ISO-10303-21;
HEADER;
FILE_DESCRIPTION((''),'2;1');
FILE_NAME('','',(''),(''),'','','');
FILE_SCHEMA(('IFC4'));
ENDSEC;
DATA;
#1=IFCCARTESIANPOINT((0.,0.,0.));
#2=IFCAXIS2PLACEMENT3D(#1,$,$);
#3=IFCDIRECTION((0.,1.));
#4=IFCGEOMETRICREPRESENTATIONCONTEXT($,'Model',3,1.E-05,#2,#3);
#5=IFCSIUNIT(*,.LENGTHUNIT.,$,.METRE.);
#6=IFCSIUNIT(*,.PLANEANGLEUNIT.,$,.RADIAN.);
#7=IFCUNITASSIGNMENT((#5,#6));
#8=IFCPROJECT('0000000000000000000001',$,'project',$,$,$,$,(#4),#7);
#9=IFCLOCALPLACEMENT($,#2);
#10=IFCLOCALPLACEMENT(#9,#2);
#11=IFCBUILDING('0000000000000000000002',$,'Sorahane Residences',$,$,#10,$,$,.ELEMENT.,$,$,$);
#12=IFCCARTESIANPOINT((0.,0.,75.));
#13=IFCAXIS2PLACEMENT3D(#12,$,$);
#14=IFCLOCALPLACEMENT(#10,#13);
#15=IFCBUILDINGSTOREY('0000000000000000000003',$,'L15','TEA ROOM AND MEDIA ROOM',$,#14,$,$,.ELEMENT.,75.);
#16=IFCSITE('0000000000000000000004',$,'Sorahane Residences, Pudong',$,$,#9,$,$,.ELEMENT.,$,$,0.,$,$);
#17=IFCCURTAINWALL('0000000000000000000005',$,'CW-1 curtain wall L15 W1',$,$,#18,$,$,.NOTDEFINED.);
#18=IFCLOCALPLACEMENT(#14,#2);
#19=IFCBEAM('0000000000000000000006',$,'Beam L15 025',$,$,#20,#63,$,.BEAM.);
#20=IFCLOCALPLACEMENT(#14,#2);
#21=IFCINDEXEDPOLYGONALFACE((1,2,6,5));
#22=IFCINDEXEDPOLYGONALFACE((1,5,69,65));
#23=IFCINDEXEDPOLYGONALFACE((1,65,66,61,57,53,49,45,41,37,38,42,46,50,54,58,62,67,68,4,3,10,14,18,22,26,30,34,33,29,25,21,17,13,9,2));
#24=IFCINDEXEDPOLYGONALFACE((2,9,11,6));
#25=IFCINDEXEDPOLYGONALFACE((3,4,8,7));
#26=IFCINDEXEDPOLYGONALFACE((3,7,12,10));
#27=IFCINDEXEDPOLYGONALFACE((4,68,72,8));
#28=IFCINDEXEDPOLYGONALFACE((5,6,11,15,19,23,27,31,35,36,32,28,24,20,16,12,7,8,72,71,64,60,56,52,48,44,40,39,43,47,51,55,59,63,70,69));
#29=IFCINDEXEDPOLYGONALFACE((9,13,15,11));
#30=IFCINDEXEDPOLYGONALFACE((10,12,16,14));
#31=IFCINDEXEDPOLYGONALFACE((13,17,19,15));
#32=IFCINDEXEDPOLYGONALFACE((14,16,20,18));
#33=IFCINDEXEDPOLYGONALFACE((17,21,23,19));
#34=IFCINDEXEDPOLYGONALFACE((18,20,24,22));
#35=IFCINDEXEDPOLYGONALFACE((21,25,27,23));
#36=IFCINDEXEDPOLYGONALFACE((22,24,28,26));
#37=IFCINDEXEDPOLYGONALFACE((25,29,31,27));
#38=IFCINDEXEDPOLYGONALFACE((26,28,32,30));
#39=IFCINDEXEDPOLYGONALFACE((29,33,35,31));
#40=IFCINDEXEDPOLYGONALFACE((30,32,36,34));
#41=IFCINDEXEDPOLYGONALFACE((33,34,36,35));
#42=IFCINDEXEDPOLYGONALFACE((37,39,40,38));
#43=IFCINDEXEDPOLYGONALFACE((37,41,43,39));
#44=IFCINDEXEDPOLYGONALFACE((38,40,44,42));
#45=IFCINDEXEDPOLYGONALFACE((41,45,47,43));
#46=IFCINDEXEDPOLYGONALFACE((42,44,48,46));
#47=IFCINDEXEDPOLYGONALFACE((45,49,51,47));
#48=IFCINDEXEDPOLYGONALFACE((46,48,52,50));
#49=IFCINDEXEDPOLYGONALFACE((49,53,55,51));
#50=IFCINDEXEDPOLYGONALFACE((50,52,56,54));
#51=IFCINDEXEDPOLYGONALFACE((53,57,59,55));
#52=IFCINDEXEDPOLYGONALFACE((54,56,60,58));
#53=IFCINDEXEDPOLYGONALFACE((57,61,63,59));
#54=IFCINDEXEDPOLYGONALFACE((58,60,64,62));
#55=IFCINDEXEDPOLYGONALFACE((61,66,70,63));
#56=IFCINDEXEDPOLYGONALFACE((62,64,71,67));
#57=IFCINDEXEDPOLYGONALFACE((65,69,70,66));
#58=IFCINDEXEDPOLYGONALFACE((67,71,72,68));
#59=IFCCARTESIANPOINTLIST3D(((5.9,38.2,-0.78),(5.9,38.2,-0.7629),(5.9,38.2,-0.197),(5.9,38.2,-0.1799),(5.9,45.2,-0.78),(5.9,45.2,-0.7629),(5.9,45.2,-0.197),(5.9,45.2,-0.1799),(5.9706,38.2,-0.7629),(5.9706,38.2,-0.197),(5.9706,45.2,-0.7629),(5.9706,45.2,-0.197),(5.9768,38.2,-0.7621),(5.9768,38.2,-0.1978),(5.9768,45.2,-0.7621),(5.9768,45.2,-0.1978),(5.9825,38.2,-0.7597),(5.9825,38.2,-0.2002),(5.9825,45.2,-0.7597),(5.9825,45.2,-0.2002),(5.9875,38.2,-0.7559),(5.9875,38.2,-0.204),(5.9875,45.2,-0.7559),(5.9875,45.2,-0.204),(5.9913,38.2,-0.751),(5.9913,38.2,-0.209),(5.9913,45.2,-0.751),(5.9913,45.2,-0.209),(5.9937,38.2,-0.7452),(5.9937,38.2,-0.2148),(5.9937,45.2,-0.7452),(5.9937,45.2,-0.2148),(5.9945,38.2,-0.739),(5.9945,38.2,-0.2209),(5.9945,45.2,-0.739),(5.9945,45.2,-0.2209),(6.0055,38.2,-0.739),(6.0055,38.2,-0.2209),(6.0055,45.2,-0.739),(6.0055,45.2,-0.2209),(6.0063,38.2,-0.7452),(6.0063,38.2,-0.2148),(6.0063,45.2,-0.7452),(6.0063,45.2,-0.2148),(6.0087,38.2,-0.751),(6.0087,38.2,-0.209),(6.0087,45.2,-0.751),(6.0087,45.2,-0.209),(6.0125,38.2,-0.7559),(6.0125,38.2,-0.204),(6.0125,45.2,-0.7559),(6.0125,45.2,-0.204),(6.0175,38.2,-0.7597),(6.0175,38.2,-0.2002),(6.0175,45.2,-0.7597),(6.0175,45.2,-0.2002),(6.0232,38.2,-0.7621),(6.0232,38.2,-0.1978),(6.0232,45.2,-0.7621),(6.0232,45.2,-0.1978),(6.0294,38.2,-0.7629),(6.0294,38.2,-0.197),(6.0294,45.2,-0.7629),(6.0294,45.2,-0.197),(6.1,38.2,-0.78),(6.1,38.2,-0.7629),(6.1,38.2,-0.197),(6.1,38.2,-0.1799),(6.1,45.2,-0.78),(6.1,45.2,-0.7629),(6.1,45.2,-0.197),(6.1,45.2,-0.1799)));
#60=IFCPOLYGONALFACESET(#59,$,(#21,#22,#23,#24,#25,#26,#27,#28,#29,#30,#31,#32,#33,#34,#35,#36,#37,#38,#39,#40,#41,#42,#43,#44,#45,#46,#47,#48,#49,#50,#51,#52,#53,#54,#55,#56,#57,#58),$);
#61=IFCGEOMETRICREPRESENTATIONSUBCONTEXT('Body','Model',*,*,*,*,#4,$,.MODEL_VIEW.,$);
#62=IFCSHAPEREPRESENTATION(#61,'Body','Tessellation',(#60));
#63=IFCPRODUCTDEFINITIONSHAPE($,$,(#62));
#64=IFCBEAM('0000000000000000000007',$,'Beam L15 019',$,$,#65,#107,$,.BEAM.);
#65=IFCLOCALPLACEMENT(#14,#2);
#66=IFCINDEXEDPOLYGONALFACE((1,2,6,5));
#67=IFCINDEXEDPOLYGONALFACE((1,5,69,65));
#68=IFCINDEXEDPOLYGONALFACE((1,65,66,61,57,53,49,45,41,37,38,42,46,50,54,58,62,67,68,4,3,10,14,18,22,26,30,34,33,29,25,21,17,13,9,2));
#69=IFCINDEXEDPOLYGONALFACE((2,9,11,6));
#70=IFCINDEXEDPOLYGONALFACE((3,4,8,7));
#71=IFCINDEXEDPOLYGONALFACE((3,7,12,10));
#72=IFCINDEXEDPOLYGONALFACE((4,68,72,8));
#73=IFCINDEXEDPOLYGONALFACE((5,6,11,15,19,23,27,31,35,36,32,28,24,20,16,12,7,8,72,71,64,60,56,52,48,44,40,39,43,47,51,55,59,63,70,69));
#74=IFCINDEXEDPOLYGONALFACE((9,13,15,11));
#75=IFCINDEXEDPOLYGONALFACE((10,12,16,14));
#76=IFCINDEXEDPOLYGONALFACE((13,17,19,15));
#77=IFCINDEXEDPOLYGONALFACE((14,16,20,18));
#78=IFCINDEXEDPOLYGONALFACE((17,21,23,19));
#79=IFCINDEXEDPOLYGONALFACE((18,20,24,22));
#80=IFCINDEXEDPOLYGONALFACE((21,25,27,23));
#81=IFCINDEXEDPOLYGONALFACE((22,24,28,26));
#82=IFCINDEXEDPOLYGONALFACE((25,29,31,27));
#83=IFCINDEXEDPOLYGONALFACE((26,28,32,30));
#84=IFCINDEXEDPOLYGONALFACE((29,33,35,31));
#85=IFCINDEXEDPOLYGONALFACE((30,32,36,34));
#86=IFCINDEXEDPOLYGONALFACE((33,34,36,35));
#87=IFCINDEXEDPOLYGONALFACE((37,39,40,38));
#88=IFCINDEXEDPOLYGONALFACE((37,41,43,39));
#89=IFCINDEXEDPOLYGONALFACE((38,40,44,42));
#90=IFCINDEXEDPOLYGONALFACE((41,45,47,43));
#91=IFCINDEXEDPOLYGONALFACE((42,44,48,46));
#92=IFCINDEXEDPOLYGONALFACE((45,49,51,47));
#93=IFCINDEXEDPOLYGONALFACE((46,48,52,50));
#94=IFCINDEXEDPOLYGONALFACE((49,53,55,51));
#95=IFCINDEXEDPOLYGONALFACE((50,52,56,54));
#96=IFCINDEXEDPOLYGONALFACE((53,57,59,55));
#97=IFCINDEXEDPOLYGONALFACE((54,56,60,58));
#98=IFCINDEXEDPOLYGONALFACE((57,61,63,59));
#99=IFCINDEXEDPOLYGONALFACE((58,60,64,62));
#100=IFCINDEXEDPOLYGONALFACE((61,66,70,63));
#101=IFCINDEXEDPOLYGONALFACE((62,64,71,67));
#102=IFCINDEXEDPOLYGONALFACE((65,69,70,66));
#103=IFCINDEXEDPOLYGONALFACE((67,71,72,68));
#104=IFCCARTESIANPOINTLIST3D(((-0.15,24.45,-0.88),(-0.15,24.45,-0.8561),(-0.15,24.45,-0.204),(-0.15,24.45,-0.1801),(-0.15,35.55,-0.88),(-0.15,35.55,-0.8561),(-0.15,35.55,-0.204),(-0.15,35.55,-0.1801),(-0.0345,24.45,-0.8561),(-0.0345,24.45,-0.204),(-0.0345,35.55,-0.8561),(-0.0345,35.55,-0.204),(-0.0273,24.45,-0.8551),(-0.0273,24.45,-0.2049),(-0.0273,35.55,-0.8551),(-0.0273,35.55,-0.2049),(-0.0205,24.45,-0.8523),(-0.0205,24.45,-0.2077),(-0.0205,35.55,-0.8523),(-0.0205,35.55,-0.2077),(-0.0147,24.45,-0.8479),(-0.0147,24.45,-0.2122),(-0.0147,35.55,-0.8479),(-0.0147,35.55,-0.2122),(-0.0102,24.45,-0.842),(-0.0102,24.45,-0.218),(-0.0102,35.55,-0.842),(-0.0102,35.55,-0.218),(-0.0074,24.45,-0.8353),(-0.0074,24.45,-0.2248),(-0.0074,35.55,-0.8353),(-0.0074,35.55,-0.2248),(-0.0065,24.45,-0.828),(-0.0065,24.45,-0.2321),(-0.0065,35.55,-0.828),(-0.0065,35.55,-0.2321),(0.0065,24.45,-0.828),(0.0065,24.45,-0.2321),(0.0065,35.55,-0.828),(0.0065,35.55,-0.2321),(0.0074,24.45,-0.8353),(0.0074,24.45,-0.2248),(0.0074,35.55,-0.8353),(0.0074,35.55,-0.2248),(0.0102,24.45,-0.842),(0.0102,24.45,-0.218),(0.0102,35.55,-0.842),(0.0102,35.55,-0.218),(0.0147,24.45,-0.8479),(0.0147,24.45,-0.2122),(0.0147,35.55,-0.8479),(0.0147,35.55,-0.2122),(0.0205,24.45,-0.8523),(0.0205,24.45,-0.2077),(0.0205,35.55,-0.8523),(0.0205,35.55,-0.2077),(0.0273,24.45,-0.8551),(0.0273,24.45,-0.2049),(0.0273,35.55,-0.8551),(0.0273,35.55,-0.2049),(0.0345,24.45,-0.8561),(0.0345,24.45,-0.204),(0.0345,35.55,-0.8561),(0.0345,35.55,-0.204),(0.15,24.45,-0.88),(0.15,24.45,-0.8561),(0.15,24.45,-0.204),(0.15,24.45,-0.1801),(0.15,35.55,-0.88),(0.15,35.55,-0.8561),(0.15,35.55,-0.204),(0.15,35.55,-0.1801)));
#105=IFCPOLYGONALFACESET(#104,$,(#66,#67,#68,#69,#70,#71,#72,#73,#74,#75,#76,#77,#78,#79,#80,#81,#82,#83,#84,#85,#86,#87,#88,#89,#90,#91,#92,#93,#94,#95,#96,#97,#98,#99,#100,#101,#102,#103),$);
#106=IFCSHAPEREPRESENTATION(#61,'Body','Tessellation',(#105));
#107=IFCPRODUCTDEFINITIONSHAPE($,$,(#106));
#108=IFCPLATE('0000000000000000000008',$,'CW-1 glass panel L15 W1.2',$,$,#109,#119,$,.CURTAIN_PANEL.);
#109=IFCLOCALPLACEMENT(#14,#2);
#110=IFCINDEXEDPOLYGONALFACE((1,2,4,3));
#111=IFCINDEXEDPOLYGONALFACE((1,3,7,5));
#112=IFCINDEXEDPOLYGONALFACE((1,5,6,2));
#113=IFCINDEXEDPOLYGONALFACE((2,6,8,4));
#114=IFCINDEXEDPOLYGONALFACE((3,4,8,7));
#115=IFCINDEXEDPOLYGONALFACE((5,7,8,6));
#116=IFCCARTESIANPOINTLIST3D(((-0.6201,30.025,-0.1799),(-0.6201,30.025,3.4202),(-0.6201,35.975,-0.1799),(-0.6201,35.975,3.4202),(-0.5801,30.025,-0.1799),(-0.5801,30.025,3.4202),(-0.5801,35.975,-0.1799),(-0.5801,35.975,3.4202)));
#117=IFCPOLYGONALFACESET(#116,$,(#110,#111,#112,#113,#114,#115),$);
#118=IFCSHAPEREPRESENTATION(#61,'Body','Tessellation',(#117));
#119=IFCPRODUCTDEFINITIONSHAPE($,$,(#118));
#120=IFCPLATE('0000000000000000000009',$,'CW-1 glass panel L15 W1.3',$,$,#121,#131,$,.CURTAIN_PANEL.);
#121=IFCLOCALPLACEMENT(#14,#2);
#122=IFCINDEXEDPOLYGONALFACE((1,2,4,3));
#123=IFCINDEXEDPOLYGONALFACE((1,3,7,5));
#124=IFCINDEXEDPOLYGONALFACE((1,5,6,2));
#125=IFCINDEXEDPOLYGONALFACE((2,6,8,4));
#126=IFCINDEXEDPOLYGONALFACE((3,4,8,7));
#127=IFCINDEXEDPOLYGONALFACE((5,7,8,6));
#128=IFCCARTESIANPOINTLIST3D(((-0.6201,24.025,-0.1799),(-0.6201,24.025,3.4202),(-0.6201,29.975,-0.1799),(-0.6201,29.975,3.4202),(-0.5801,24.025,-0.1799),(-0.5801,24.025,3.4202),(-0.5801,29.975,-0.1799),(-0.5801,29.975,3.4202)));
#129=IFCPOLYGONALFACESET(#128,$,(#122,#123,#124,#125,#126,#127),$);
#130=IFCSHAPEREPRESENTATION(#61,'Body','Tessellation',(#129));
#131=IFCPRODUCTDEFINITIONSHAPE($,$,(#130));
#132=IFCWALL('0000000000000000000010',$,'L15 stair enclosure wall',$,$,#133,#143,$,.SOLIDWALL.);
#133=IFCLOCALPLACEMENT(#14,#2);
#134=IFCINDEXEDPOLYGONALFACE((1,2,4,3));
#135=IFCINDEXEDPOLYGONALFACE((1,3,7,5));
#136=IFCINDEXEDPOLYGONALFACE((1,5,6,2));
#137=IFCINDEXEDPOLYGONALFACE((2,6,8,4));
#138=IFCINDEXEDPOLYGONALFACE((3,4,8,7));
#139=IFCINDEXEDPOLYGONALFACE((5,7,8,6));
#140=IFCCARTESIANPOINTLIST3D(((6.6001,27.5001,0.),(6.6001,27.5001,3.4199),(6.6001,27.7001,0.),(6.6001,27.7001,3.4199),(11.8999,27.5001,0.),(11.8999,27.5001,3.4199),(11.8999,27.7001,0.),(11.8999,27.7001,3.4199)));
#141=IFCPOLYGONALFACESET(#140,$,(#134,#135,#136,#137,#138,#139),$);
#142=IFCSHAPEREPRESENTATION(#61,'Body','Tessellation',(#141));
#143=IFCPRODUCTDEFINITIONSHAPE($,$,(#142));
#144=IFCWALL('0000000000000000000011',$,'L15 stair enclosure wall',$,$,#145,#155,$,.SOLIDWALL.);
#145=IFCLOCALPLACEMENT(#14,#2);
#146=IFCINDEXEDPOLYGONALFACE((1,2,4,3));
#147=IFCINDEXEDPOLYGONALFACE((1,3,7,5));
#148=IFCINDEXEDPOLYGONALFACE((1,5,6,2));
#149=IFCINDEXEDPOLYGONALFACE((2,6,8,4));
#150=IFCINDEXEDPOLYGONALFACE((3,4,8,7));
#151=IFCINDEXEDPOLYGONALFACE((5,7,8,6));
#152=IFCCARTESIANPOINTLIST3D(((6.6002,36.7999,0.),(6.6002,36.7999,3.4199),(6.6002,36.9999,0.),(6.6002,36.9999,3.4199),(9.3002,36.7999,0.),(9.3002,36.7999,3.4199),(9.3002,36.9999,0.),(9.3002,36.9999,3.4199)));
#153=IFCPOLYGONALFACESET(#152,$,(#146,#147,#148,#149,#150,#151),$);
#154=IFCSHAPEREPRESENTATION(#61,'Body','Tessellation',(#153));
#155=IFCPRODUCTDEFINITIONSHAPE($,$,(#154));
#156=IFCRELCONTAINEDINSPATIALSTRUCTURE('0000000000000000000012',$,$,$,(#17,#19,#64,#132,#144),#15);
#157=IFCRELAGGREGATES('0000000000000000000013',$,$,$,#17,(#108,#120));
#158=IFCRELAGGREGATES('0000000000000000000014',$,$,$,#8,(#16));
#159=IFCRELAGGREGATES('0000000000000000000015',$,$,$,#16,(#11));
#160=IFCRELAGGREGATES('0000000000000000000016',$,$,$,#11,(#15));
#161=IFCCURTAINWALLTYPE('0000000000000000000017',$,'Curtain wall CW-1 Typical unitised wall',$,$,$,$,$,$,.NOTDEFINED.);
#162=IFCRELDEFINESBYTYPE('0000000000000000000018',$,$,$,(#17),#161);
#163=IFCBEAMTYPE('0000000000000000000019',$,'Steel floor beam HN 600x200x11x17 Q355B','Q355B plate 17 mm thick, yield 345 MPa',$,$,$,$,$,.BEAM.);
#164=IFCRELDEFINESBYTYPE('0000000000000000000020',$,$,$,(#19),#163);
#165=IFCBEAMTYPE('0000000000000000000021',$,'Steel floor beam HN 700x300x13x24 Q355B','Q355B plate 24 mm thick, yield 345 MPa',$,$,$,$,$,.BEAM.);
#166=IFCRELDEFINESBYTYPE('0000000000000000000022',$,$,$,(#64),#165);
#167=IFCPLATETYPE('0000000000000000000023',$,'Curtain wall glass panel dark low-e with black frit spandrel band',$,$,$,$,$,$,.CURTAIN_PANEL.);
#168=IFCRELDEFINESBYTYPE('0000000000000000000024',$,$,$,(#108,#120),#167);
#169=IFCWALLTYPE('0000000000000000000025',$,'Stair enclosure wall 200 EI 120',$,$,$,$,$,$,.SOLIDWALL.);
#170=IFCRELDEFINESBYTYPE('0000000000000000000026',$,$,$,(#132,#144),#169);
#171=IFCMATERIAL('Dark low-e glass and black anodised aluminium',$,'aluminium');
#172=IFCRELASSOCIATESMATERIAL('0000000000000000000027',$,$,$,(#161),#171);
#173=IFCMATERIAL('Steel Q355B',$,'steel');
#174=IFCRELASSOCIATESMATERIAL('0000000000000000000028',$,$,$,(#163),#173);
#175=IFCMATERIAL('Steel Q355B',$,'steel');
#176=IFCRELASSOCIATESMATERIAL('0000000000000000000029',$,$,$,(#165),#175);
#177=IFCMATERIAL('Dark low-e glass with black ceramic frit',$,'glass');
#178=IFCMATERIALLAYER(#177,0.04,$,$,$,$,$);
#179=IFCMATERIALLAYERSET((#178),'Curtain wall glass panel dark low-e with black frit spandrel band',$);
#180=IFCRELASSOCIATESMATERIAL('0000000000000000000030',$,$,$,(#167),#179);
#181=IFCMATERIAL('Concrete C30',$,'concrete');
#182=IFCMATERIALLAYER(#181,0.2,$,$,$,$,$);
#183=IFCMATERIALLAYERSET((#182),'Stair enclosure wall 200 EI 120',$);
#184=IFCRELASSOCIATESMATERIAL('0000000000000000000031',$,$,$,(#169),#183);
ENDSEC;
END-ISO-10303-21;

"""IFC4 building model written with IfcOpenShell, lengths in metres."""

from ifc_helpers import new_model, si_unit, direction, frame, frame_2d, origin, origin_2d, place, context, subcontext, project, spatial, rectangle, i_section, extrude, material, layer, layer_set, material_profile, profile_set, type_object, element, aggregate, save


model = new_model("IFC4")

# Units and contexts
model_context = context("Model", 3, precision=1e-05, world=origin(), true_north=direction((0.0, 1.0)))
body_context = subcontext(model_context, "Body", "Model", "MODEL_VIEW")
ifc_project = project(units=[si_unit("LENGTHUNIT", "METRE"), si_unit("PLANEANGLEUNIT", "RADIAN")], contexts=[model_context])

# Site, building, storey
site_placement = place(None, origin())
site = spatial("IfcSite", under=ifc_project, at=site_placement, Name="Sorahane Residences, Pudong", CompositionType="ELEMENT", RefElevation=0.0)
building_placement = place(site_placement, origin())
building = spatial("IfcBuilding", under=site, at=building_placement, Name="Sorahane Residences", CompositionType="ELEMENT")
storey_placement = place(building_placement, frame((0.0, 0.0, 75.0)))
storey = spatial("IfcBuildingStorey", under=building, at=storey_placement, Name="L15", Description="TEA ROOM AND MEDIA ROOM", CompositionType="ELEMENT", Elevation=75.0)

# Curtain wall
ifc_material_1 = material(Name="Dark low-e glass and black anodised aluminium", Category="aluminium")
curtain_wall_type = type_object("IfcCurtainWallType", Name="Curtain wall CW-1 Typical unitised wall", PredefinedType="NOTDEFINED", material=ifc_material_1)
curtain_wall_placement = place(storey_placement, origin())
curtain_wall = element("IfcCurtainWall", 1, at=curtain_wall_placement, inside=storey, type_object=curtain_wall_type, Name="CW-1 curtain wall L15 W1", PredefinedType="NOTDEFINED")

# Beams
ifc_material_2 = material(Name="Steel Q355B", Category="steel")
ifc_material_profile_1 = material_profile(ifc_material_2, i_section(OverallWidth=0.2, OverallDepth=0.6001, WebThickness=0.011, FlangeThickness=0.0171, FilletRadius=0.0239, at=origin_2d()), Name="HN 600x200x11x17")
ifc_profile_set_1 = profile_set([ifc_material_profile_1], Name="Steel Q355B")
beam_type_1 = type_object("IfcBeamType", Name="Steel floor beam HN 600x200x11x17 Q355B", Description="Q355B plate 17 mm thick, yield 345 MPa", PredefinedType="BEAM", material=ifc_profile_set_1)
for number, where, z_axis, x_axis, name in (
    (2, (6.0, 38.2, -0.48), (0.0, 1.0, 0.0), (-1.0, 0.0, 0.0), "Beam L15 025"),
):
    element("IfcBeam", number, at=place(storey_placement, frame(where, z_axis=z_axis, x_axis=x_axis)), inside=storey, type_object=beam_type_1, Name=name, PredefinedType="BEAM", context=body_context, shape_type="SweptSolid", body=[
        extrude(i_section(OverallWidth=0.2, OverallDepth=0.6001, WebThickness=0.011, FlangeThickness=0.0171, FilletRadius=0.0239, at=origin_2d()), origin(), (0.0, 0.0, 1.0), 7.0),
    ])
ifc_material_3 = material(Name="Steel Q355B", Category="steel")
ifc_material_profile_2 = material_profile(ifc_material_3, i_section(OverallWidth=0.3, OverallDepth=0.7, WebThickness=0.0129, FlangeThickness=0.0239, FilletRadius=0.0281, at=origin_2d()), Name="HN 700x300x13x24")
ifc_profile_set_2 = profile_set([ifc_material_profile_2], Name="Steel Q355B")
beam_type_2 = type_object("IfcBeamType", Name="Steel floor beam HN 700x300x13x24 Q355B", Description="Q355B plate 24 mm thick, yield 345 MPa", PredefinedType="BEAM", material=ifc_profile_set_2)
beam_1_placement = place(storey_placement, frame((0.0, 24.45, -0.53), z_axis=(0.0, 1.0, 0.0), x_axis=(-1.0, 0.0, 0.0)))
element("IfcBeam", 3, at=beam_1_placement, inside=storey, type_object=beam_type_2, Name="Beam L15 019", PredefinedType="BEAM", context=body_context, shape_type="SweptSolid", body=[
    extrude(i_section(OverallWidth=0.3, OverallDepth=0.7, WebThickness=0.0129, FlangeThickness=0.0239, FilletRadius=0.0281, at=origin_2d()), origin(), (0.0, 0.0, 1.0), 11.1001),
])

# Plates
ifc_material_4 = material(Name="Dark low-e glass with black ceramic frit", Category="glass")
ifc_layer_1 = layer(ifc_material_4, 0.04)
ifc_layer_set_1 = layer_set([ifc_layer_1], Name="Curtain wall glass panel dark low-e with black frit spandrel band")
plate_type = type_object("IfcPlateType", Name="Curtain wall glass panel dark low-e with black frit spandrel band", PredefinedType="CURTAIN_PANEL", material=ifc_layer_set_1)
plate_1_placement = place(storey_placement, frame((-0.6001, 33.0, -0.1799), z_axis=(0.0, 0.0, 1.0), x_axis=(0.0, -1.0, 0.0)))
plate_1 = element("IfcPlate", 4, at=plate_1_placement, type_object=plate_type, Name="CW-1 glass panel L15 W1.2", PredefinedType="CURTAIN_PANEL", context=body_context, shape_type="SweptSolid", body=[
    extrude(rectangle(XDim=5.95, YDim=0.04, at=origin_2d()), origin(), (0.0, 0.0, 1.0), 3.6001),
])
plate_2_placement = place(storey_placement, frame((-0.6001, 27.0, -0.1799), z_axis=(0.0, 0.0, 1.0), x_axis=(0.0, -1.0, 0.0)))
plate_2 = element("IfcPlate", 5, at=plate_2_placement, type_object=plate_type, Name="CW-1 glass panel L15 W1.3", PredefinedType="CURTAIN_PANEL", context=body_context, shape_type="SweptSolid", body=[
    extrude(rectangle(XDim=5.95, YDim=0.04, at=origin_2d()), origin(), (0.0, 0.0, 1.0), 3.6001),
])
aggregate(curtain_wall, [plate_1, plate_2])

# Walls
ifc_material_5 = material(Name="Concrete C30", Category="concrete")
ifc_layer_2 = layer(ifc_material_5, 0.2)
ifc_layer_set_2 = layer_set([ifc_layer_2], Name="Stair enclosure wall 200 EI 120")
wall_type = type_object("IfcWallType", Name="Stair enclosure wall 200 EI 120", PredefinedType="SOLIDWALL", material=ifc_layer_set_2)
wall_1_placement = place(storey_placement, frame((6.6001, 27.6001, 0.0), z_axis=(0.0, 0.0, 1.0), x_axis=(1.0, 0.0, 0.0)))
element("IfcWall", 6, at=wall_1_placement, inside=storey, type_object=wall_type, Name="L15 stair enclosure wall", PredefinedType="SOLIDWALL", context=body_context, shape_type="SweptSolid", body=[
    extrude(rectangle(XDim=5.2998, YDim=0.2, at=frame_2d((2.6499, 0.0))), origin(), (0.0, 0.0, 1.0), 3.4199),
])
wall_2_placement = place(storey_placement, frame((6.6001, 36.8999, 0.0), z_axis=(0.0, 0.0, 1.0), x_axis=(1.0, 0.0, 0.0)))
element("IfcWall", 7, at=wall_2_placement, inside=storey, type_object=wall_type, Name="L15 stair enclosure wall", PredefinedType="SOLIDWALL", context=body_context, shape_type="SweptSolid", body=[
    extrude(rectangle(XDim=2.7, YDim=0.2, at=frame_2d((1.3501, 0.0))), origin(), (0.0, 0.0, 1.0), 3.4199),
])

save(model, "model.ifc")
